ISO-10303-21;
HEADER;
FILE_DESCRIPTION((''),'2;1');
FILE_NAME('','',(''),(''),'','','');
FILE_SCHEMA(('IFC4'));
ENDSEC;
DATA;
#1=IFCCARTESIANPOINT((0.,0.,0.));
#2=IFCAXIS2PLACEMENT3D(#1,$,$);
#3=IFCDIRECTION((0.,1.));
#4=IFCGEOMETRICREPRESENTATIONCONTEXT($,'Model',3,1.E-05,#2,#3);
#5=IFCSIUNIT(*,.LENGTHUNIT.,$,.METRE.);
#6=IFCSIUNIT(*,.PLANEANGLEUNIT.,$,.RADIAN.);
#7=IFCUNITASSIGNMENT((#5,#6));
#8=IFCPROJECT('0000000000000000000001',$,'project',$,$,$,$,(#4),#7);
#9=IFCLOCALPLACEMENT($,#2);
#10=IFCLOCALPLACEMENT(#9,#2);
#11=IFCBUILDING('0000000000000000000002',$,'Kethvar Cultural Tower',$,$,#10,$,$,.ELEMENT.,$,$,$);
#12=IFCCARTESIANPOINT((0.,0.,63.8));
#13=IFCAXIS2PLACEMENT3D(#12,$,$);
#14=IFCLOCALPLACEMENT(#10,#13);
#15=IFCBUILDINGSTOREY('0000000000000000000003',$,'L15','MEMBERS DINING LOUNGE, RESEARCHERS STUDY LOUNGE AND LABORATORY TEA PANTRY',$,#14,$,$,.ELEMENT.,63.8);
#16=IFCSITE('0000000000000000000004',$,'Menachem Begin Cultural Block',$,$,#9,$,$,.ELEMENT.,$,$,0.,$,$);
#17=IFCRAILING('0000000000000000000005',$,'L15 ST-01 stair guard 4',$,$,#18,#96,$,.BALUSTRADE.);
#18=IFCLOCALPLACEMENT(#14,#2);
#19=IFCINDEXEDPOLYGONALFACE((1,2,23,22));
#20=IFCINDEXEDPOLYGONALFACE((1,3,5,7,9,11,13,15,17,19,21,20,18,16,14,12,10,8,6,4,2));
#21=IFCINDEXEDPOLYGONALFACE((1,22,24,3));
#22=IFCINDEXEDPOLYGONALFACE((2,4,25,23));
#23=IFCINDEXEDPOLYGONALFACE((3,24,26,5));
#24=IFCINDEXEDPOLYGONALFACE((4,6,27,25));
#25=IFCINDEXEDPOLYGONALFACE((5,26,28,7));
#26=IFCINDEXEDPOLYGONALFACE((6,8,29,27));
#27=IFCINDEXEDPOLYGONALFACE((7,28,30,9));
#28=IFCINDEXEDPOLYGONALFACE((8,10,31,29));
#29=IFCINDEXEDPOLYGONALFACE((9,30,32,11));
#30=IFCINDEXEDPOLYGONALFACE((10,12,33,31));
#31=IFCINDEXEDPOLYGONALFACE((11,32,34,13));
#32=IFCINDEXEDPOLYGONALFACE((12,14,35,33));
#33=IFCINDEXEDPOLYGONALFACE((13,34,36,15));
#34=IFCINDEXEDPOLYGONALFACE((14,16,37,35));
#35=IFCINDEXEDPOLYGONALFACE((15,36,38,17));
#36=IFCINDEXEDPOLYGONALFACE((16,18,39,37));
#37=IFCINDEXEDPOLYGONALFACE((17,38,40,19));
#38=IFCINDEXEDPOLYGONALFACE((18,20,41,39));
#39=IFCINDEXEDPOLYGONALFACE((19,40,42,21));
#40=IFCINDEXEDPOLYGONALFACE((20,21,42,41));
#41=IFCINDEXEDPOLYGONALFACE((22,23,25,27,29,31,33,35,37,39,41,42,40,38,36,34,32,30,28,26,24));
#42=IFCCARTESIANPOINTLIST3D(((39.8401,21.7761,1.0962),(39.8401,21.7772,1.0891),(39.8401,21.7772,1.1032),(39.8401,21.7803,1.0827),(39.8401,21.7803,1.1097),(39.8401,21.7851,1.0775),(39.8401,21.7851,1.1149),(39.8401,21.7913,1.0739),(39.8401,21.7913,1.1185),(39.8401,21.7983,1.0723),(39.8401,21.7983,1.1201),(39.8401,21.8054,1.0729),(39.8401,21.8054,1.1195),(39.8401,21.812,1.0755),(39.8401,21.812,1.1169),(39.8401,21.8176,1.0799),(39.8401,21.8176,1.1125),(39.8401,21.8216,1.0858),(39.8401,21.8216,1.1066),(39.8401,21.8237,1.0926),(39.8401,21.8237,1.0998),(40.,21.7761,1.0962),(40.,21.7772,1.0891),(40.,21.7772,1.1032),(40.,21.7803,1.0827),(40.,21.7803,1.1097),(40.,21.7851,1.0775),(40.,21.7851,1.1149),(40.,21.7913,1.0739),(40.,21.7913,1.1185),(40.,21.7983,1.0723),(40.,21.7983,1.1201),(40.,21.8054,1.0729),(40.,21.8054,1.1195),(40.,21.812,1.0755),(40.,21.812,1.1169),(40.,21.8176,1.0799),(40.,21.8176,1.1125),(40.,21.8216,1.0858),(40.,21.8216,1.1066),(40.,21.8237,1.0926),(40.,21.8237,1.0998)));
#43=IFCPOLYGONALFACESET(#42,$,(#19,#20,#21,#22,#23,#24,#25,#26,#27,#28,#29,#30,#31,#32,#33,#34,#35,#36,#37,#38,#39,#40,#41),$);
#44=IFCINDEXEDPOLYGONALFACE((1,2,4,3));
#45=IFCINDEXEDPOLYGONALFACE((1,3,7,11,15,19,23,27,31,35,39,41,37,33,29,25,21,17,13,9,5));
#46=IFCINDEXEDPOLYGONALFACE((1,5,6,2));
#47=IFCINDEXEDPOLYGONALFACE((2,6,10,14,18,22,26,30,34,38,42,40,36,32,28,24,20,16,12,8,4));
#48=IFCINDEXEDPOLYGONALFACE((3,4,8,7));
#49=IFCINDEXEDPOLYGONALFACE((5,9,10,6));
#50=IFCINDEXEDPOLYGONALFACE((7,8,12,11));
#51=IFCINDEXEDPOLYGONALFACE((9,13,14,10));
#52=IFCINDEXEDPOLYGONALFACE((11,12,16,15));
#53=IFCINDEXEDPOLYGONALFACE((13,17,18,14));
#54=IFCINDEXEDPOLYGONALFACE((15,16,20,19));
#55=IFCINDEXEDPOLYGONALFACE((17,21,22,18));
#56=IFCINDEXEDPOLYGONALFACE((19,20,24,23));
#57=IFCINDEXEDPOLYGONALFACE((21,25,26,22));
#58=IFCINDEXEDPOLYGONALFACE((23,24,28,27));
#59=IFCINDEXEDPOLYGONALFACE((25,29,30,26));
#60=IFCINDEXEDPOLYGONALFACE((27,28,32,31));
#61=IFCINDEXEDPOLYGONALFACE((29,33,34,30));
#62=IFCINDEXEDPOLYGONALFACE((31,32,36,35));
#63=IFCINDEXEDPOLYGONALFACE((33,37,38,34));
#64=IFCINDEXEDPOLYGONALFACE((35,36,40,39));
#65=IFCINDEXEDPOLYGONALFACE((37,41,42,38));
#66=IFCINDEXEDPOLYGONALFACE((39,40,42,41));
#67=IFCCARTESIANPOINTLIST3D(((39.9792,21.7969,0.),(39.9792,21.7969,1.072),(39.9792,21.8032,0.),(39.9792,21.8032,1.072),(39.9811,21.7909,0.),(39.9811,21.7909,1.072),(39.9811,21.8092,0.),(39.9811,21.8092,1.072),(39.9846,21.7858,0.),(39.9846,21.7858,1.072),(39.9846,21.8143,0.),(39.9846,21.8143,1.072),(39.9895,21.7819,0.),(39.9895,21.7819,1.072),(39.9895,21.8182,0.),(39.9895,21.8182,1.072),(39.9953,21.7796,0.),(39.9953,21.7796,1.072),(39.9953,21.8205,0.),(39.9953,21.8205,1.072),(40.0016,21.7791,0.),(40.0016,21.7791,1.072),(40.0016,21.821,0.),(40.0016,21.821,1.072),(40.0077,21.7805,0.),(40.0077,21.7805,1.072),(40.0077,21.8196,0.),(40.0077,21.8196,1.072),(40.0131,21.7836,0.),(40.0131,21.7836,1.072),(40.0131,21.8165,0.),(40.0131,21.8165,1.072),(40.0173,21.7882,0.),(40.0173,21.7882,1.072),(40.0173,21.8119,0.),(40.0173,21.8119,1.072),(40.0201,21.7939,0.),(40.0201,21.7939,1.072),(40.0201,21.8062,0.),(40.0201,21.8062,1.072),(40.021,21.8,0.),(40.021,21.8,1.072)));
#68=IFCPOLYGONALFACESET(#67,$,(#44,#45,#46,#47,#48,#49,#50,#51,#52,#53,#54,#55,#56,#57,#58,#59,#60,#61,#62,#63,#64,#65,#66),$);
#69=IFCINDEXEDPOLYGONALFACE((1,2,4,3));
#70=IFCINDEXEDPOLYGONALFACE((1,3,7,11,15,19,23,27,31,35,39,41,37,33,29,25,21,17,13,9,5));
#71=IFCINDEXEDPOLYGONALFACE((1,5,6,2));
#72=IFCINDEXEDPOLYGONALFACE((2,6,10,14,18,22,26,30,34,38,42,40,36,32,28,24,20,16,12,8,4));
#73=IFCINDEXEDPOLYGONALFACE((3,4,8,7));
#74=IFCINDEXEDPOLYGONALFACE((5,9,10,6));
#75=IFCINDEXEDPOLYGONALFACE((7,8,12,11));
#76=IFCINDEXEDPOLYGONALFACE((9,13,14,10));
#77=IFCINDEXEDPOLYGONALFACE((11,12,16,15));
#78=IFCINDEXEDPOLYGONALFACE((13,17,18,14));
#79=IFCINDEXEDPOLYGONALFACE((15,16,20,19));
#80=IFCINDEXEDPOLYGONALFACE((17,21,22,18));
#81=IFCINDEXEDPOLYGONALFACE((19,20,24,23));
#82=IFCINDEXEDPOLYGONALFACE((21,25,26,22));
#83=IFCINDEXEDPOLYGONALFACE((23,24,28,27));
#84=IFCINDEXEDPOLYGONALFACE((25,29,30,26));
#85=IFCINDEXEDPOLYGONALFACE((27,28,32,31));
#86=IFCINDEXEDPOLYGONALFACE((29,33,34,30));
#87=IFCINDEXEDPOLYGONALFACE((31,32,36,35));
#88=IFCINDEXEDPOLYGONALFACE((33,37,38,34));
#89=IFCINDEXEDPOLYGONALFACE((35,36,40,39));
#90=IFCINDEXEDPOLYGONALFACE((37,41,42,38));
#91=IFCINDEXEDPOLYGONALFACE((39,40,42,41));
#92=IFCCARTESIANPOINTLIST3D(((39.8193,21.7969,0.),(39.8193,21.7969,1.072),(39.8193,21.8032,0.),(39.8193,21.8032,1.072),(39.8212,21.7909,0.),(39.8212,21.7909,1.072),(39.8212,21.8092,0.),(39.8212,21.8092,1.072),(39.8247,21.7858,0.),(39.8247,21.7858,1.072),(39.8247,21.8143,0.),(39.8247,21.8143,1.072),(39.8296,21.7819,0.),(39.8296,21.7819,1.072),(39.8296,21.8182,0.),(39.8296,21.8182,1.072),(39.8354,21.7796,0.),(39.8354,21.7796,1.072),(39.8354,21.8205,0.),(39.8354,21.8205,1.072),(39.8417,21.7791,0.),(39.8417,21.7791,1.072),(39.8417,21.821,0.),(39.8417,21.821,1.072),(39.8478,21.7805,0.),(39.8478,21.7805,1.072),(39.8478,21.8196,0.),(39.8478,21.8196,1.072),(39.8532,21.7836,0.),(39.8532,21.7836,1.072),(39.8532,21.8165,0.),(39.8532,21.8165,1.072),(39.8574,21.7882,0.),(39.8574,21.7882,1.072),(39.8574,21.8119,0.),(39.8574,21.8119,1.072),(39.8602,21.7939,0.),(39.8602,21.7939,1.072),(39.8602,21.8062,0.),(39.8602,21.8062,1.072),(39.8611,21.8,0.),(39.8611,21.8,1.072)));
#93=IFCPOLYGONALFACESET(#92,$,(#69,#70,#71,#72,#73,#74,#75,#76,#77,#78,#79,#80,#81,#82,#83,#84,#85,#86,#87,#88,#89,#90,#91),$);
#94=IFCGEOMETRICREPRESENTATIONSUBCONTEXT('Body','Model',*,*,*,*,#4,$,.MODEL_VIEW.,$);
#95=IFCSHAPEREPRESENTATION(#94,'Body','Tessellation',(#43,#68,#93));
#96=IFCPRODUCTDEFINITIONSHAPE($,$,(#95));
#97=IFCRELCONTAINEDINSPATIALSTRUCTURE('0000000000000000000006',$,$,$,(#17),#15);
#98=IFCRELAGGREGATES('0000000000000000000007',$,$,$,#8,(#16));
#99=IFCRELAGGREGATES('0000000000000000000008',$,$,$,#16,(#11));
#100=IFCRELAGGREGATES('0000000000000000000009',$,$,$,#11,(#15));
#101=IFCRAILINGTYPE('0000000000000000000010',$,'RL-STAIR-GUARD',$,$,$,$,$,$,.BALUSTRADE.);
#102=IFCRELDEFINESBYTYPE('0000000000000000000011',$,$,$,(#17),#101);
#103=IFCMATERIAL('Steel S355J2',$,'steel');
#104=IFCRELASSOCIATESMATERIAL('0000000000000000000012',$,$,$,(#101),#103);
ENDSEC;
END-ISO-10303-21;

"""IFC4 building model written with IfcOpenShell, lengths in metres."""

from ifc_helpers import new_model, si_unit, direction, frame, origin, origin_2d, place, context, subcontext, project, spatial, circle, extrude, material, type_object, element, save


model = new_model("IFC4")

# Units and contexts
model_context = context("Model", 3, precision=1e-05, world=origin(), true_north=direction((0.0, 1.0)))
body_context = subcontext(model_context, "Body", "Model", "MODEL_VIEW")
ifc_project = project(units=[si_unit("LENGTHUNIT", "METRE"), si_unit("PLANEANGLEUNIT", "RADIAN")], contexts=[model_context])

# Site, building, storey
site_placement = place(None, origin())
site = spatial("IfcSite", under=ifc_project, at=site_placement, Name="Menachem Begin Cultural Block", CompositionType="ELEMENT", RefElevation=0.0)
building_placement = place(site_placement, origin())
building = spatial("IfcBuilding", under=site, at=building_placement, Name="Kethvar Cultural Tower", CompositionType="ELEMENT")
storey_placement = place(building_placement, frame((0.0, 0.0, 63.8)))
storey = spatial("IfcBuildingStorey", under=building, at=storey_placement, Name="L15", Description="MEMBERS DINING LOUNGE, RESEARCHERS STUDY LOUNGE AND LABORATORY TEA PANTRY", CompositionType="ELEMENT", Elevation=63.8)

# Shared definitions
ifc_material_1 = material(Name="Steel S355J2", Category="steel")

# Railing
railing_type_1 = type_object("IfcRailingType", Name="RL-STAIR-GUARD", PredefinedType="BALUSTRADE", material=ifc_material_1)
railing_1_placement = place(storey_placement, frame((40.0, 21.8, 0.0)))
element("IfcRailing", 1, at=railing_1_placement, inside=storey, type_object=railing_type_1, Name="L15 ST-01 stair guard 4", PredefinedType="BALUSTRADE", context=body_context, shape_type="SweptSolid", body=[
    extrude(circle(Radius=0.0239, at=origin_2d()), frame((0.0, 0.0, 1.0962), z_axis=(-1.0, 0.0, 0.0), x_axis=(0.0, -1.0, 0.0)), (0.0, 0.0, 1.0), 0.1599),
    extrude(circle(Radius=0.021, at=origin_2d()), origin(), (0.0, 0.0, 1.0), 1.072),
    extrude(circle(Radius=0.021, at=origin_2d()), frame((-0.1599, 0.0, 0.0)), (0.0, 0.0, 1.0), 1.072),
])

save(model, "model.ifc")
